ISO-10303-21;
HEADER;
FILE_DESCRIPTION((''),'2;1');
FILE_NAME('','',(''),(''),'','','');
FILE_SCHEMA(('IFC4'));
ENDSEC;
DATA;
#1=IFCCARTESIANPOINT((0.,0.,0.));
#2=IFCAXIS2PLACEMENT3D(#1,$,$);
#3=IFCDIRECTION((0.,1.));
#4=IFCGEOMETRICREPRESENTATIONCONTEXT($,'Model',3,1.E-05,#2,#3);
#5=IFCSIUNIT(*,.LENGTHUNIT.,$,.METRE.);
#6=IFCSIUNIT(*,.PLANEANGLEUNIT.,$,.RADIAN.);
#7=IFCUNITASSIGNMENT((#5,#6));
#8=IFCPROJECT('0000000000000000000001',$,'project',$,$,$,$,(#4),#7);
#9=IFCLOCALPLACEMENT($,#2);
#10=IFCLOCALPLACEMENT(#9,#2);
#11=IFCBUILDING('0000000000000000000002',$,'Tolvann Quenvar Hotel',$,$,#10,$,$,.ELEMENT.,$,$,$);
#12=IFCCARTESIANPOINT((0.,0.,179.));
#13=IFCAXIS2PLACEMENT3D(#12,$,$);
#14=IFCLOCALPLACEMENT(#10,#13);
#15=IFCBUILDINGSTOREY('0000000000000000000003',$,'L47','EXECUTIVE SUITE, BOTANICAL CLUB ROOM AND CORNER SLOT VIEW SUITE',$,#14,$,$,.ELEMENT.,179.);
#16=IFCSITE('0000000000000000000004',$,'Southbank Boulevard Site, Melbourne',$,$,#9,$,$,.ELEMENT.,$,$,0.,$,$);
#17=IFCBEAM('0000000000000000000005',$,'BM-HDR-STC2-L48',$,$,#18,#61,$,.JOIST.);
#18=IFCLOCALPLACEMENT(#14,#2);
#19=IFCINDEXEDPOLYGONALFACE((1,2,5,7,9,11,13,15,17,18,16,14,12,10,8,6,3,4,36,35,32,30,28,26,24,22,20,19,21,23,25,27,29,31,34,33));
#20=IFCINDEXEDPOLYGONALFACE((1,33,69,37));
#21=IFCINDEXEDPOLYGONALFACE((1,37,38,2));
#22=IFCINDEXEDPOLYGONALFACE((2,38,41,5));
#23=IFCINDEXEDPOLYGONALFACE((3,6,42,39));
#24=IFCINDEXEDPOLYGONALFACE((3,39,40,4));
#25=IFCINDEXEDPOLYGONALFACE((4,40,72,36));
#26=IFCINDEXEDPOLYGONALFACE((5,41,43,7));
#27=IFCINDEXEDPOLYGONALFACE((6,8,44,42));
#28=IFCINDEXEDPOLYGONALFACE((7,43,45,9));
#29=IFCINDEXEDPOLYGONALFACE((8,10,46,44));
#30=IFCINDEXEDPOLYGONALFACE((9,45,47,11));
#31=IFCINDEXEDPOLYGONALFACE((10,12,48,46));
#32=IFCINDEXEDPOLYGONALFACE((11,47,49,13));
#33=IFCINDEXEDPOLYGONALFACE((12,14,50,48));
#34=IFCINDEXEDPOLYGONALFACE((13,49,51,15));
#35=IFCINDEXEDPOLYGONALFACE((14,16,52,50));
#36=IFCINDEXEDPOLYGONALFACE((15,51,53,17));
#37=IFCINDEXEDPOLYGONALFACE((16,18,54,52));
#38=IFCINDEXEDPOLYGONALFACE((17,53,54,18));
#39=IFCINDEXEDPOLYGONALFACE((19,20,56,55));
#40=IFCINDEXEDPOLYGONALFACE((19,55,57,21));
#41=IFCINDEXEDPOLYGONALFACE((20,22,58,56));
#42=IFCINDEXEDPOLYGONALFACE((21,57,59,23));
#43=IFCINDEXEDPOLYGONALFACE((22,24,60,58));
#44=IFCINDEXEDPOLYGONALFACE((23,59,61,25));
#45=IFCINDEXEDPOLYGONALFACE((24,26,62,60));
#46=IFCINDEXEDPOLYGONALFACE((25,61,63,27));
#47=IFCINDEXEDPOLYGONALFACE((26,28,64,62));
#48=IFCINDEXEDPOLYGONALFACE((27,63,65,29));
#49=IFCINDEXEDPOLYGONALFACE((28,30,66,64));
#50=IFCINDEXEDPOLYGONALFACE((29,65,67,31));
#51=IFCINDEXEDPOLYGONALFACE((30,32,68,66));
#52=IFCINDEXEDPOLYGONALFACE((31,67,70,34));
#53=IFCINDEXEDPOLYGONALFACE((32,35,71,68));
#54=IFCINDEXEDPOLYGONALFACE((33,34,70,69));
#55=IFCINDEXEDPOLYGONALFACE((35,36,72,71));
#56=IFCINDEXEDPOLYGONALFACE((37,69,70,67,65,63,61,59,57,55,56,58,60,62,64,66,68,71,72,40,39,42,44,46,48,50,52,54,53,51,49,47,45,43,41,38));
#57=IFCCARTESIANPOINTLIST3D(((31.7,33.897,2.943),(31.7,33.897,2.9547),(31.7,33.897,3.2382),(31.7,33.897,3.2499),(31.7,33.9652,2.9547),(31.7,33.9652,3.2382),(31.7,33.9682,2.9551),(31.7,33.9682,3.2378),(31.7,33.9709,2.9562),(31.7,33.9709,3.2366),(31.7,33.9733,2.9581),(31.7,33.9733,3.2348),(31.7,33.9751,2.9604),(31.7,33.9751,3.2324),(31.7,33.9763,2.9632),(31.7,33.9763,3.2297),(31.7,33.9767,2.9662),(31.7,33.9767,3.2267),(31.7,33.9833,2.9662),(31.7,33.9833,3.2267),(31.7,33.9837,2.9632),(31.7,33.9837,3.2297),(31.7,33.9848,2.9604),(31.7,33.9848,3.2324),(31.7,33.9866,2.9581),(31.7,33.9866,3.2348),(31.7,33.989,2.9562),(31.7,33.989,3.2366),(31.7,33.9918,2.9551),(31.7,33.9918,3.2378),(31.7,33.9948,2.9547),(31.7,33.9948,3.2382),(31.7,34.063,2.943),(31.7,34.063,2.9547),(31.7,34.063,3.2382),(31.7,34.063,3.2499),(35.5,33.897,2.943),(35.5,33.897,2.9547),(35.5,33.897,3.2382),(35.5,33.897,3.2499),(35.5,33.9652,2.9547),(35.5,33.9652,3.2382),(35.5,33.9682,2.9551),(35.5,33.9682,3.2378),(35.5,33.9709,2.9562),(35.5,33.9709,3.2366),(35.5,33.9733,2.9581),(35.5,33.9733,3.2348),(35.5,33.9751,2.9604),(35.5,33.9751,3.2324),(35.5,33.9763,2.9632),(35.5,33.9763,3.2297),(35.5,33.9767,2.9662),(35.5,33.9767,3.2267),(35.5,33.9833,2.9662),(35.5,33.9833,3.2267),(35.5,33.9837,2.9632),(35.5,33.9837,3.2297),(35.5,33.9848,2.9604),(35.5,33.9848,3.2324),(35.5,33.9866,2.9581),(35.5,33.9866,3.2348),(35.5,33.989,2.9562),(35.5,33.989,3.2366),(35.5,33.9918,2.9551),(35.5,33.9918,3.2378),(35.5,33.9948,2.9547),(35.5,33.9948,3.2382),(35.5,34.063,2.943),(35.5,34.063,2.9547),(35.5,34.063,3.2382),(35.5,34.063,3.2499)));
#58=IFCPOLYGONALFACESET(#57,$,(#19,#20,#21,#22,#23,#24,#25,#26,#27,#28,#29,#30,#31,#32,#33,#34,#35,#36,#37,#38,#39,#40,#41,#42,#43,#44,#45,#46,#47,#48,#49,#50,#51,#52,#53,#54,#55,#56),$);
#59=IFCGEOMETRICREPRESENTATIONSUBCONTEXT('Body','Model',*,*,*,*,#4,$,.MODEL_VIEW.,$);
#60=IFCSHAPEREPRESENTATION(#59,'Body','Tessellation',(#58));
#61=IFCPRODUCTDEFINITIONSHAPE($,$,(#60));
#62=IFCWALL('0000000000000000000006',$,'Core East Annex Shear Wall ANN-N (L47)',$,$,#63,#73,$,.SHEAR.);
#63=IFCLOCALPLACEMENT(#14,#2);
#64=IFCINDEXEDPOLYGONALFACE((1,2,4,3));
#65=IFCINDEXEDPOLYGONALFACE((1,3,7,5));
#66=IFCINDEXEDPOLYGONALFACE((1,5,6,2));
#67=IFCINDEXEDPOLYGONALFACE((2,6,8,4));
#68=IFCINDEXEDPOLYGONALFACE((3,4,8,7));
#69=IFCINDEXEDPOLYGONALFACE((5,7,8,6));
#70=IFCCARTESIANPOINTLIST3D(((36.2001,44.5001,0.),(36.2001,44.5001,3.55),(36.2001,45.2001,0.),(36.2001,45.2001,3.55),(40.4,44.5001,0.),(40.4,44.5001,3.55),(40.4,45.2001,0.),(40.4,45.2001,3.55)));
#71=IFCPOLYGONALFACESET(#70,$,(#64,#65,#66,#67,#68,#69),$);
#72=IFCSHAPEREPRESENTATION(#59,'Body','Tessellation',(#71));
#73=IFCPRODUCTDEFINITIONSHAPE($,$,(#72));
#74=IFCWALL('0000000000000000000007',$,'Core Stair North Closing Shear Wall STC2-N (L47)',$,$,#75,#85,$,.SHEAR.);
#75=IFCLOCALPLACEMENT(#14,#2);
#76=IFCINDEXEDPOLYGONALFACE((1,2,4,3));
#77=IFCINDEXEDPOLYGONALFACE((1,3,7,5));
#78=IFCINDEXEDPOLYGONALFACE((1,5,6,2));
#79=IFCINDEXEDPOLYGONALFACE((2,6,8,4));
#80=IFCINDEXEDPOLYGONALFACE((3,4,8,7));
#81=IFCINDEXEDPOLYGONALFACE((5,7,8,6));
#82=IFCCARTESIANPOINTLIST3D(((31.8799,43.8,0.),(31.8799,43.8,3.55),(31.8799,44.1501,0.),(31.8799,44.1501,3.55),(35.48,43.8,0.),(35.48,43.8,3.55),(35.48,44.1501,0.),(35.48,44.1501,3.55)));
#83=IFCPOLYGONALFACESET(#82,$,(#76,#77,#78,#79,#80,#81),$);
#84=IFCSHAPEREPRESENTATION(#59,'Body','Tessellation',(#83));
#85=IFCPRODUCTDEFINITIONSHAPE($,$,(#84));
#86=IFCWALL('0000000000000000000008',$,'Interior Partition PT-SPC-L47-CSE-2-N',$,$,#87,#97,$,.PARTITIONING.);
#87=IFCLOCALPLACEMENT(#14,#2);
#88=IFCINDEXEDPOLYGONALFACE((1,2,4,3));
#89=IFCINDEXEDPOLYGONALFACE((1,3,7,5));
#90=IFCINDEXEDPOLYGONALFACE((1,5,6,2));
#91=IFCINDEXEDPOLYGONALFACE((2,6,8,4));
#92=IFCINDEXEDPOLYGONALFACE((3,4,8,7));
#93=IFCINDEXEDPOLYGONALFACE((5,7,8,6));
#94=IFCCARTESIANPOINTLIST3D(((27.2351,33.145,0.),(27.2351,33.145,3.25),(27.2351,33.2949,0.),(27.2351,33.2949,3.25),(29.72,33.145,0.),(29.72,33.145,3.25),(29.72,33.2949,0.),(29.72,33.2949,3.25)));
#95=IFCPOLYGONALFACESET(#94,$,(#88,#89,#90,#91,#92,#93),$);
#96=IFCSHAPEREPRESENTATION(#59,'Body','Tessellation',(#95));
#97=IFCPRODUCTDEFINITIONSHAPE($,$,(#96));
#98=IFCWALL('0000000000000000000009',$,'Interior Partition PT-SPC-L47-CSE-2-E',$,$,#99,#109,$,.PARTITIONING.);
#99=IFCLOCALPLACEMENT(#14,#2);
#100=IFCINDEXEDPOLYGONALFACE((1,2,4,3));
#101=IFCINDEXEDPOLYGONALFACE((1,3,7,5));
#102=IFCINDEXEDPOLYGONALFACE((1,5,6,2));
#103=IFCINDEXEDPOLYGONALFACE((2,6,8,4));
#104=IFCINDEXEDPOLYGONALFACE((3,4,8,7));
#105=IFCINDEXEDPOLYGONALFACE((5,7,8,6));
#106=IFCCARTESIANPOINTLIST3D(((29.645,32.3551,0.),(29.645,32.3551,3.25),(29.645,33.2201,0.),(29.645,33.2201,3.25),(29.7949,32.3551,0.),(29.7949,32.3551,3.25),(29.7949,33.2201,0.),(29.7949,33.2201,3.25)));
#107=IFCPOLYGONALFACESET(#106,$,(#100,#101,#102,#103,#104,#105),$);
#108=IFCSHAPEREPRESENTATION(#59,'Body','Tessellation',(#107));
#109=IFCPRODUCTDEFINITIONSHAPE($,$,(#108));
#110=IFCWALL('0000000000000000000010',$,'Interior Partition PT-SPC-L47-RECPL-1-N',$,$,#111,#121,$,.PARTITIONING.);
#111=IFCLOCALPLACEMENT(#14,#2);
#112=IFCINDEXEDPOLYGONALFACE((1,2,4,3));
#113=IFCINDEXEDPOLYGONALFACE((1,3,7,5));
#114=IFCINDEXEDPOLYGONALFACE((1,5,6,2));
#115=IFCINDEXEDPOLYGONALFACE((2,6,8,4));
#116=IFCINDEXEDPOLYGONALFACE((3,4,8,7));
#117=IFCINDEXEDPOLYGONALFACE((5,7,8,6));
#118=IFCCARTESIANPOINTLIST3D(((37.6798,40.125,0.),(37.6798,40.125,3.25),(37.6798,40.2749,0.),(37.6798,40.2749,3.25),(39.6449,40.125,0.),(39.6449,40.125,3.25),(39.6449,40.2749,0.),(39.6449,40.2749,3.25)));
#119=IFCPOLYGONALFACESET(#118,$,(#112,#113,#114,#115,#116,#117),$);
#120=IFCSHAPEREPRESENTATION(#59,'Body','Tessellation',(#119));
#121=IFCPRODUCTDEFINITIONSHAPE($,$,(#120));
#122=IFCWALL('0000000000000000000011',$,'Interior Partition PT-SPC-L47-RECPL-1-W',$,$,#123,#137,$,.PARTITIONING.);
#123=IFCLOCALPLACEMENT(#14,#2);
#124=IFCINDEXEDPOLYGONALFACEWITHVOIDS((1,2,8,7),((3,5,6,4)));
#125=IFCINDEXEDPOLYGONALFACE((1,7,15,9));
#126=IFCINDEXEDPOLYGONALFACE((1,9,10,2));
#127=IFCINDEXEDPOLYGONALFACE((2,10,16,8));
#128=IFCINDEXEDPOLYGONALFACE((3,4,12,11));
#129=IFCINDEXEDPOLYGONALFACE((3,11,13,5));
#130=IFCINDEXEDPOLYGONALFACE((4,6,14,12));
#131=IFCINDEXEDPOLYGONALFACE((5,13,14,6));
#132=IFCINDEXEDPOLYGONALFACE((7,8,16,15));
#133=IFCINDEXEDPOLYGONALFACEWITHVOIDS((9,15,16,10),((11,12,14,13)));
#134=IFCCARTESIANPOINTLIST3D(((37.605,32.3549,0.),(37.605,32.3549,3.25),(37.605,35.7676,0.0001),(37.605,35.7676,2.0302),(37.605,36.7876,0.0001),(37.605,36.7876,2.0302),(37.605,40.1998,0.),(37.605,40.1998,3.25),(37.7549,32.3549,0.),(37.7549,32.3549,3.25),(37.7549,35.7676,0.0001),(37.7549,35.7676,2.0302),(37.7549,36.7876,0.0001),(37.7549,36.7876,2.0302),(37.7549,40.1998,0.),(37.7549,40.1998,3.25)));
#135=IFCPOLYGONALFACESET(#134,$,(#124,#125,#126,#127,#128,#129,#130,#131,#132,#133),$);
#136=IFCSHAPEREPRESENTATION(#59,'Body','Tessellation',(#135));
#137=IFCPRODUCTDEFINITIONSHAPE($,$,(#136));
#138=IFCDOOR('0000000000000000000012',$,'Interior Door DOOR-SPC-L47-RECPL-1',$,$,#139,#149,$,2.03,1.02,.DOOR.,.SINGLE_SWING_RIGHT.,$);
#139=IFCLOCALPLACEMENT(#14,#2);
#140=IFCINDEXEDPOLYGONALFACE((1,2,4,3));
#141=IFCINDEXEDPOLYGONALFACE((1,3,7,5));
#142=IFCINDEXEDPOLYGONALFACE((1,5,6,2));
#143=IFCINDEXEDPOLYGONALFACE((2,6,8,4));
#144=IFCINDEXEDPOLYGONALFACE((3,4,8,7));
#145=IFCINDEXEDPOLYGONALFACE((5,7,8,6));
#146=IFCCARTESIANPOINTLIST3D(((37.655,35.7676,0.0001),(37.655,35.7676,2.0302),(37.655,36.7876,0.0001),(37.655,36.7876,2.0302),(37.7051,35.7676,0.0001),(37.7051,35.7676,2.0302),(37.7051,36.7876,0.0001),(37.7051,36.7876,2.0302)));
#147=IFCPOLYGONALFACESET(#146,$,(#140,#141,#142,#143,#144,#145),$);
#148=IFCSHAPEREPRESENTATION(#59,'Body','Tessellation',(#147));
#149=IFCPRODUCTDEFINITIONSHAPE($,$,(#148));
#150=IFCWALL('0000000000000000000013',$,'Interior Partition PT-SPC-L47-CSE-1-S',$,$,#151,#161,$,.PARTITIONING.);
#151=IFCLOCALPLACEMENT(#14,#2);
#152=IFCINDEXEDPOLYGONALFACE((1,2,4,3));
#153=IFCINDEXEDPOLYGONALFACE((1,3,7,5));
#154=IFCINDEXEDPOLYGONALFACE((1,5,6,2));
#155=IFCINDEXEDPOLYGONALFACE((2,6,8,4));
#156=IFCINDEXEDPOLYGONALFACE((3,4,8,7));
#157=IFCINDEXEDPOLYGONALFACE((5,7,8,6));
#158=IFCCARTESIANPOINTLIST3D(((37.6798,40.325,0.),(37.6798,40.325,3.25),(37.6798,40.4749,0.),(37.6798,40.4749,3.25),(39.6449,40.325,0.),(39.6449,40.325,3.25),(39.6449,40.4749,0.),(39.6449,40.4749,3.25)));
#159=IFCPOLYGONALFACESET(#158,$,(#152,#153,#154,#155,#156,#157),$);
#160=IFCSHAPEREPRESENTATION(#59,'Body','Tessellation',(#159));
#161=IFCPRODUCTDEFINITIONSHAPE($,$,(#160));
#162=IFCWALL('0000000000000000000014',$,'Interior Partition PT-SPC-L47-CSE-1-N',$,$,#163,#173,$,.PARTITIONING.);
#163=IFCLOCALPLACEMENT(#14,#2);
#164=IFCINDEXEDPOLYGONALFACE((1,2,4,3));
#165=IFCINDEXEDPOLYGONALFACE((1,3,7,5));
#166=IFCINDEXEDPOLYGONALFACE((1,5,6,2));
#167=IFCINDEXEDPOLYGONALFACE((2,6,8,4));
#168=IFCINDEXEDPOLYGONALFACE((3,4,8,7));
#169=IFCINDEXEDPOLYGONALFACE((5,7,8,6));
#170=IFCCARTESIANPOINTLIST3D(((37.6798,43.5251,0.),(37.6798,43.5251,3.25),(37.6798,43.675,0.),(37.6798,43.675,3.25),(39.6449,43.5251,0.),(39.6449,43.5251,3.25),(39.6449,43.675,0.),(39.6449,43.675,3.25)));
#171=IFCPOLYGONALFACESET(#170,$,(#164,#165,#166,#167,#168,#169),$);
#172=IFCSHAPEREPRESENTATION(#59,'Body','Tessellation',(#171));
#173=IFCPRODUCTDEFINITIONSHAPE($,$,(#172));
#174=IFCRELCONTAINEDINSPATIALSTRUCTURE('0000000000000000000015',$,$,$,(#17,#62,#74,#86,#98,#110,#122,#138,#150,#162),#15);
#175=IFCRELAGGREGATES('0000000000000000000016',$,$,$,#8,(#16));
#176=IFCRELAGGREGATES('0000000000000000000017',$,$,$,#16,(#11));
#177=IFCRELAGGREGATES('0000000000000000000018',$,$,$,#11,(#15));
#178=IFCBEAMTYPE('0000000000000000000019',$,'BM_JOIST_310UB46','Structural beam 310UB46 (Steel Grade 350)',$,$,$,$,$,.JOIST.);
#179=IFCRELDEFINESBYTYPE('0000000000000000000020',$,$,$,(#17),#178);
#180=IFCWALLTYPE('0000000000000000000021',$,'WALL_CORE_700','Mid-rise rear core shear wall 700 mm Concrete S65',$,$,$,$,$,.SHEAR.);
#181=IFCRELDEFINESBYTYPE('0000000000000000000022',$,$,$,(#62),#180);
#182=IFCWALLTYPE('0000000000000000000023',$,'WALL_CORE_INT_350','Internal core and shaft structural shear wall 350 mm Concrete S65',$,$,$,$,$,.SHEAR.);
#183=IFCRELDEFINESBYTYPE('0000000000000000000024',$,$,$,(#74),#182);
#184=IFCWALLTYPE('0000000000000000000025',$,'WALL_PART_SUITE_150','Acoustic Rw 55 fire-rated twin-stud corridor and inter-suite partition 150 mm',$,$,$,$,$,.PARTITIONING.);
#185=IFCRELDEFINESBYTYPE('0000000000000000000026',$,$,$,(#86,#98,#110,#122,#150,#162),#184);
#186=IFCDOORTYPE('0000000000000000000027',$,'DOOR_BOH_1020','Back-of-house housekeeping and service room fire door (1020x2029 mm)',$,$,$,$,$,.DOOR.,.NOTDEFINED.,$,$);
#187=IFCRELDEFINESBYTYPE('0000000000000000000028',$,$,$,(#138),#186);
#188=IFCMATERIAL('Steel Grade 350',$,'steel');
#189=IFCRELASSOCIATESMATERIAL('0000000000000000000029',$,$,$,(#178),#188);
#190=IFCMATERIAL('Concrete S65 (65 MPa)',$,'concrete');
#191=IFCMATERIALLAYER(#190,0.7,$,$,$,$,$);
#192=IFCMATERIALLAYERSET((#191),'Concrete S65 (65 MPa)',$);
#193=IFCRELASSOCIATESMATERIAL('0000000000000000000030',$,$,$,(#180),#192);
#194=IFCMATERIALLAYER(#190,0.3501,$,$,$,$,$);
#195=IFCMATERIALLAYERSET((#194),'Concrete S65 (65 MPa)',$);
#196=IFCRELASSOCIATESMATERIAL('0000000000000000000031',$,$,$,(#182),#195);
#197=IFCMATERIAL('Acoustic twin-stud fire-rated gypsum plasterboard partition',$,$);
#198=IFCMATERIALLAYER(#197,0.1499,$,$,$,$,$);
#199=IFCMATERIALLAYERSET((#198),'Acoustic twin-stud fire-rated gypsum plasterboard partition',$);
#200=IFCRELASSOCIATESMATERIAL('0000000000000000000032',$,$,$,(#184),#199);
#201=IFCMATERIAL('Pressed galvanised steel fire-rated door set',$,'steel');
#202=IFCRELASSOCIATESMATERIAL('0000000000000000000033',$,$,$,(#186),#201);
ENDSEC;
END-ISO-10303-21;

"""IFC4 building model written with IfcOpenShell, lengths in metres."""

from ifc_helpers import new_model, si_unit, direction, frame, frame_2d, origin, origin_2d, place, context, subcontext, project, spatial, rectangle, i_section, extrude, source, transform, mapped, material, layer, layer_set, material_profile, profile_set, type_object, type_shapes, element, fill, save


model = new_model("IFC4")

# Units and contexts
model_context = context("Model", 3, precision=1e-05, world=origin(), true_north=direction((0.0, 1.0)))
body_context = subcontext(model_context, "Body", "Model", "MODEL_VIEW")
ifc_project = project(units=[si_unit("LENGTHUNIT", "METRE"), si_unit("PLANEANGLEUNIT", "RADIAN")], contexts=[model_context])

# Site, building, storey
site_placement = place(None, origin())
site = spatial("IfcSite", under=ifc_project, at=site_placement, Name="Southbank Boulevard Site, Melbourne", CompositionType="ELEMENT", RefElevation=0.0)
building_placement = place(site_placement, origin())
building = spatial("IfcBuilding", under=site, at=building_placement, Name="Tolvann Quenvar Hotel", CompositionType="ELEMENT")
storey_placement = place(building_placement, frame((0.0, 0.0, 179.0)))
storey = spatial("IfcBuildingStorey", under=building, at=storey_placement, Name="L47", Description="EXECUTIVE SUITE, BOTANICAL CLUB ROOM AND CORNER SLOT VIEW SUITE", CompositionType="ELEMENT", Elevation=179.0)

# Beam
ifc_material_1 = material(Name="Steel Grade 350", Category="steel")
ifc_material_profile = material_profile(ifc_material_1, i_section(OverallWidth=0.166, OverallDepth=0.3069, WebThickness=0.0066, FlangeThickness=0.0117, FilletRadius=0.0115, at=origin_2d()), Name="310UB46")
ifc_profile_set = profile_set([ifc_material_profile], Name="Steel Grade 350")
beam_type = type_object("IfcBeamType", Name="BM_JOIST_310UB46", Description="Structural beam 310UB46 (Steel Grade 350)", PredefinedType="JOIST", material=ifc_profile_set)
shared_shape_1 = source(origin(), body_context, "Body", "SweptSolid", [
    extrude(i_section(OverallWidth=0.166, OverallDepth=0.3069, WebThickness=0.0066, FlangeThickness=0.0117, FilletRadius=0.0115, at=origin_2d()), origin(), (0.0, 0.0, 1.0), 3.8),
])
type_shapes(beam_type, [shared_shape_1])
beam_placement = place(storey_placement, frame((31.7, 33.98, 3.0964), z_axis=(1.0, 0.0, 0.0), x_axis=(0.0, 1.0, 0.0)))
element("IfcBeam", 1, at=beam_placement, inside=storey, type_object=beam_type, Name="BM-HDR-STC2-L48", PredefinedType="JOIST", context=body_context, shape_type="MappedRepresentation", body=[
    mapped(shared_shape_1, transform((0.0, 0.0, 0.0), x_axis=(1.0, 0.0, 0.0), y_axis=(0.0, 1.0, 0.0), z_axis=(0.0, 0.0, 1.0), scale=1.0)),
])

# Walls
ifc_material_2 = material(Name="Concrete S65 (65 MPa)", Category="concrete")
ifc_layer_1 = layer(ifc_material_2, 0.7)
ifc_layer_set_1 = layer_set([ifc_layer_1], Name="Concrete S65 (65 MPa)")
wall_type_1 = type_object("IfcWallType", Name="WALL_CORE_700", Description="Mid-rise rear core shear wall 700 mm Concrete S65", PredefinedType="SHEAR", material=ifc_layer_set_1)
wall_1_placement = place(storey_placement, frame((36.2, 44.8501, 0.0), z_axis=(0.0, 0.0, 1.0), x_axis=(1.0, 0.0, 0.0)))
element("IfcWall", 2, at=wall_1_placement, inside=storey, type_object=wall_type_1, Name="Core East Annex Shear Wall ANN-N (L47)", PredefinedType="SHEAR", context=body_context, shape_type="SweptSolid", body=[
    extrude(rectangle(XDim=4.2, YDim=0.7, at=frame_2d((2.1001, 0.0))), origin(), (0.0, 0.0, 1.0), 3.55),
])
ifc_layer_2 = layer(ifc_material_2, 0.3501)
ifc_layer_set_2 = layer_set([ifc_layer_2], Name="Concrete S65 (65 MPa)")
wall_type_2 = type_object("IfcWallType", Name="WALL_CORE_INT_350", Description="Internal core and shaft structural shear wall 350 mm Concrete S65", PredefinedType="SHEAR", material=ifc_layer_set_2)
wall_2_placement = place(storey_placement, frame((31.8799, 43.9751, 0.0), z_axis=(0.0, 0.0, 1.0), x_axis=(1.0, 0.0, 0.0)))
element("IfcWall", 3, at=wall_2_placement, inside=storey, type_object=wall_type_2, Name="Core Stair North Closing Shear Wall STC2-N (L47)", PredefinedType="SHEAR", context=body_context, shape_type="SweptSolid", body=[
    extrude(rectangle(XDim=3.6001, YDim=0.3501, at=frame_2d((1.8, 0.0))), origin(), (0.0, 0.0, 1.0), 3.55),
])
ifc_material_3 = material(Name="Acoustic twin-stud fire-rated gypsum plasterboard partition")
ifc_layer_3 = layer(ifc_material_3, 0.1499)
ifc_layer_set_3 = layer_set([ifc_layer_3], Name="Acoustic twin-stud fire-rated gypsum plasterboard partition")
wall_type_3 = type_object("IfcWallType", Name="WALL_PART_SUITE_150", Description="Acoustic Rw 55 fire-rated twin-stud corridor and inter-suite partition 150 mm", PredefinedType="PARTITIONING", material=ifc_layer_set_3)
wall_3_placement = place(storey_placement, frame((27.2351, 33.22, 0.0), z_axis=(0.0, 0.0, 1.0), x_axis=(1.0, 0.0, 0.0)))
element("IfcWall", 4, at=wall_3_placement, inside=storey, type_object=wall_type_3, Name="Interior Partition PT-SPC-L47-CSE-2-N", PredefinedType="PARTITIONING", context=body_context, shape_type="SweptSolid", body=[
    extrude(rectangle(XDim=2.4849, YDim=0.1499, at=frame_2d((1.2424, 0.0))), origin(), (0.0, 0.0, 1.0), 3.25),
])
wall_4_placement = place(storey_placement, frame((29.72, 32.355, 0.0), z_axis=(0.0, 0.0, 1.0), x_axis=(0.0, 1.0, 0.0)))
element("IfcWall", 5, at=wall_4_placement, inside=storey, type_object=wall_type_3, Name="Interior Partition PT-SPC-L47-CSE-2-E", PredefinedType="PARTITIONING", context=body_context, shape_type="SweptSolid", body=[
    extrude(rectangle(XDim=0.865, YDim=0.1499, at=frame_2d((0.4326, 0.0))), origin(), (0.0, 0.0, 1.0), 3.25),
])
wall_5_placement = place(storey_placement, frame((37.6799, 40.2, 0.0), z_axis=(0.0, 0.0, 1.0), x_axis=(1.0, 0.0, 0.0)))
element("IfcWall", 6, at=wall_5_placement, inside=storey, type_object=wall_type_3, Name="Interior Partition PT-SPC-L47-RECPL-1-N", PredefinedType="PARTITIONING", context=body_context, shape_type="SweptSolid", body=[
    extrude(rectangle(XDim=1.9651, YDim=0.1499, at=frame_2d((0.9824, 0.0))), origin(), (0.0, 0.0, 1.0), 3.25),
])

# Wall, opening, door
wall_6_placement = place(storey_placement, frame((37.6799, 32.355, 0.0), z_axis=(0.0, 0.0, 1.0), x_axis=(0.0, 1.0, 0.0)))
wall_6 = element("IfcWall", 7, at=wall_6_placement, inside=storey, type_object=wall_type_3, Name="Interior Partition PT-SPC-L47-RECPL-1-W", PredefinedType="PARTITIONING", context=body_context, shape_type="SweptSolid", body=[
    extrude(rectangle(XDim=7.845, YDim=0.1499, at=frame_2d((3.9224, 0.0))), origin(), (0.0, 0.0, 1.0), 3.25),
])
opening_1_placement = place(wall_6_placement, frame((3.4126, 0.0, 0.0)))
opening_1 = element("IfcOpeningElement", 8, at=opening_1_placement, cuts=wall_6, PredefinedType="OPENING", context=body_context, shape_type="SweptSolid", body=[
    extrude(rectangle(XDim=1.02, YDim=2.03, at=frame_2d((0.51, 1.0151))), frame((0.0, 0.085, 0.0), z_axis=(0.0, -1.0, 0.0), x_axis=(1.0, 0.0, 0.0)), (0.0, 0.0, 1.0), 0.1699),
])
ifc_material_4 = material(Name="Pressed galvanised steel fire-rated door set", Category="steel")
door_type_1 = type_object("IfcDoorType", Name="DOOR_BOH_1020", Description="Back-of-house housekeeping and service room fire door (1020x2029 mm)", OperationType="NOTDEFINED", PredefinedType="DOOR", material=ifc_material_4)
shared_shape_2 = source(origin(), body_context, "Body", "SweptSolid", [
    extrude(rectangle(XDim=1.02, YDim=2.03, at=frame_2d((0.51, 1.0151))), frame((0.0, 0.0249, 0.0), z_axis=(0.0, -1.0, 0.0), x_axis=(1.0, 0.0, 0.0)), (0.0, 0.0, 1.0), 0.05),
])
type_shapes(door_type_1, [shared_shape_2])
door_1_placement = place(opening_1_placement, origin())
door_1 = element("IfcDoor", 9, at=door_1_placement, inside=storey, type_object=door_type_1, Name="Interior Door DOOR-SPC-L47-RECPL-1", OperationType="SINGLE_SWING_RIGHT", OverallHeight=2.03, OverallWidth=1.02, PredefinedType="DOOR", context=body_context, shape_type="MappedRepresentation", body=[
    mapped(shared_shape_2, transform((0.0, 0.0, 0.0), x_axis=(1.0, 0.0, 0.0), y_axis=(0.0, 1.0, 0.0), z_axis=(0.0, 0.0, 1.0), scale=1.0)),
])
fill(opening_1, door_1)

# Walls
for number, where, z_axis, x_axis, name in (
    (10, (37.6799, 40.3999, 0.0), (0.0, 0.0, 1.0), (1.0, 0.0, 0.0), "Interior Partition PT-SPC-L47-CSE-1-S"),
    (11, (37.6799, 43.6001, 0.0), (0.0, 0.0, 1.0), (1.0, 0.0, 0.0), "Interior Partition PT-SPC-L47-CSE-1-N"),
):
    element("IfcWall", number, at=place(storey_placement, frame(where, z_axis=z_axis, x_axis=x_axis)), inside=storey, type_object=wall_type_3, Name=name, PredefinedType="PARTITIONING", context=body_context, shape_type="SweptSolid", body=[
        extrude(rectangle(XDim=1.9651, YDim=0.1499, at=frame_2d((0.9824, 0.0))), origin(), (0.0, 0.0, 1.0), 3.25),
    ])

save(model, "model.ifc")
